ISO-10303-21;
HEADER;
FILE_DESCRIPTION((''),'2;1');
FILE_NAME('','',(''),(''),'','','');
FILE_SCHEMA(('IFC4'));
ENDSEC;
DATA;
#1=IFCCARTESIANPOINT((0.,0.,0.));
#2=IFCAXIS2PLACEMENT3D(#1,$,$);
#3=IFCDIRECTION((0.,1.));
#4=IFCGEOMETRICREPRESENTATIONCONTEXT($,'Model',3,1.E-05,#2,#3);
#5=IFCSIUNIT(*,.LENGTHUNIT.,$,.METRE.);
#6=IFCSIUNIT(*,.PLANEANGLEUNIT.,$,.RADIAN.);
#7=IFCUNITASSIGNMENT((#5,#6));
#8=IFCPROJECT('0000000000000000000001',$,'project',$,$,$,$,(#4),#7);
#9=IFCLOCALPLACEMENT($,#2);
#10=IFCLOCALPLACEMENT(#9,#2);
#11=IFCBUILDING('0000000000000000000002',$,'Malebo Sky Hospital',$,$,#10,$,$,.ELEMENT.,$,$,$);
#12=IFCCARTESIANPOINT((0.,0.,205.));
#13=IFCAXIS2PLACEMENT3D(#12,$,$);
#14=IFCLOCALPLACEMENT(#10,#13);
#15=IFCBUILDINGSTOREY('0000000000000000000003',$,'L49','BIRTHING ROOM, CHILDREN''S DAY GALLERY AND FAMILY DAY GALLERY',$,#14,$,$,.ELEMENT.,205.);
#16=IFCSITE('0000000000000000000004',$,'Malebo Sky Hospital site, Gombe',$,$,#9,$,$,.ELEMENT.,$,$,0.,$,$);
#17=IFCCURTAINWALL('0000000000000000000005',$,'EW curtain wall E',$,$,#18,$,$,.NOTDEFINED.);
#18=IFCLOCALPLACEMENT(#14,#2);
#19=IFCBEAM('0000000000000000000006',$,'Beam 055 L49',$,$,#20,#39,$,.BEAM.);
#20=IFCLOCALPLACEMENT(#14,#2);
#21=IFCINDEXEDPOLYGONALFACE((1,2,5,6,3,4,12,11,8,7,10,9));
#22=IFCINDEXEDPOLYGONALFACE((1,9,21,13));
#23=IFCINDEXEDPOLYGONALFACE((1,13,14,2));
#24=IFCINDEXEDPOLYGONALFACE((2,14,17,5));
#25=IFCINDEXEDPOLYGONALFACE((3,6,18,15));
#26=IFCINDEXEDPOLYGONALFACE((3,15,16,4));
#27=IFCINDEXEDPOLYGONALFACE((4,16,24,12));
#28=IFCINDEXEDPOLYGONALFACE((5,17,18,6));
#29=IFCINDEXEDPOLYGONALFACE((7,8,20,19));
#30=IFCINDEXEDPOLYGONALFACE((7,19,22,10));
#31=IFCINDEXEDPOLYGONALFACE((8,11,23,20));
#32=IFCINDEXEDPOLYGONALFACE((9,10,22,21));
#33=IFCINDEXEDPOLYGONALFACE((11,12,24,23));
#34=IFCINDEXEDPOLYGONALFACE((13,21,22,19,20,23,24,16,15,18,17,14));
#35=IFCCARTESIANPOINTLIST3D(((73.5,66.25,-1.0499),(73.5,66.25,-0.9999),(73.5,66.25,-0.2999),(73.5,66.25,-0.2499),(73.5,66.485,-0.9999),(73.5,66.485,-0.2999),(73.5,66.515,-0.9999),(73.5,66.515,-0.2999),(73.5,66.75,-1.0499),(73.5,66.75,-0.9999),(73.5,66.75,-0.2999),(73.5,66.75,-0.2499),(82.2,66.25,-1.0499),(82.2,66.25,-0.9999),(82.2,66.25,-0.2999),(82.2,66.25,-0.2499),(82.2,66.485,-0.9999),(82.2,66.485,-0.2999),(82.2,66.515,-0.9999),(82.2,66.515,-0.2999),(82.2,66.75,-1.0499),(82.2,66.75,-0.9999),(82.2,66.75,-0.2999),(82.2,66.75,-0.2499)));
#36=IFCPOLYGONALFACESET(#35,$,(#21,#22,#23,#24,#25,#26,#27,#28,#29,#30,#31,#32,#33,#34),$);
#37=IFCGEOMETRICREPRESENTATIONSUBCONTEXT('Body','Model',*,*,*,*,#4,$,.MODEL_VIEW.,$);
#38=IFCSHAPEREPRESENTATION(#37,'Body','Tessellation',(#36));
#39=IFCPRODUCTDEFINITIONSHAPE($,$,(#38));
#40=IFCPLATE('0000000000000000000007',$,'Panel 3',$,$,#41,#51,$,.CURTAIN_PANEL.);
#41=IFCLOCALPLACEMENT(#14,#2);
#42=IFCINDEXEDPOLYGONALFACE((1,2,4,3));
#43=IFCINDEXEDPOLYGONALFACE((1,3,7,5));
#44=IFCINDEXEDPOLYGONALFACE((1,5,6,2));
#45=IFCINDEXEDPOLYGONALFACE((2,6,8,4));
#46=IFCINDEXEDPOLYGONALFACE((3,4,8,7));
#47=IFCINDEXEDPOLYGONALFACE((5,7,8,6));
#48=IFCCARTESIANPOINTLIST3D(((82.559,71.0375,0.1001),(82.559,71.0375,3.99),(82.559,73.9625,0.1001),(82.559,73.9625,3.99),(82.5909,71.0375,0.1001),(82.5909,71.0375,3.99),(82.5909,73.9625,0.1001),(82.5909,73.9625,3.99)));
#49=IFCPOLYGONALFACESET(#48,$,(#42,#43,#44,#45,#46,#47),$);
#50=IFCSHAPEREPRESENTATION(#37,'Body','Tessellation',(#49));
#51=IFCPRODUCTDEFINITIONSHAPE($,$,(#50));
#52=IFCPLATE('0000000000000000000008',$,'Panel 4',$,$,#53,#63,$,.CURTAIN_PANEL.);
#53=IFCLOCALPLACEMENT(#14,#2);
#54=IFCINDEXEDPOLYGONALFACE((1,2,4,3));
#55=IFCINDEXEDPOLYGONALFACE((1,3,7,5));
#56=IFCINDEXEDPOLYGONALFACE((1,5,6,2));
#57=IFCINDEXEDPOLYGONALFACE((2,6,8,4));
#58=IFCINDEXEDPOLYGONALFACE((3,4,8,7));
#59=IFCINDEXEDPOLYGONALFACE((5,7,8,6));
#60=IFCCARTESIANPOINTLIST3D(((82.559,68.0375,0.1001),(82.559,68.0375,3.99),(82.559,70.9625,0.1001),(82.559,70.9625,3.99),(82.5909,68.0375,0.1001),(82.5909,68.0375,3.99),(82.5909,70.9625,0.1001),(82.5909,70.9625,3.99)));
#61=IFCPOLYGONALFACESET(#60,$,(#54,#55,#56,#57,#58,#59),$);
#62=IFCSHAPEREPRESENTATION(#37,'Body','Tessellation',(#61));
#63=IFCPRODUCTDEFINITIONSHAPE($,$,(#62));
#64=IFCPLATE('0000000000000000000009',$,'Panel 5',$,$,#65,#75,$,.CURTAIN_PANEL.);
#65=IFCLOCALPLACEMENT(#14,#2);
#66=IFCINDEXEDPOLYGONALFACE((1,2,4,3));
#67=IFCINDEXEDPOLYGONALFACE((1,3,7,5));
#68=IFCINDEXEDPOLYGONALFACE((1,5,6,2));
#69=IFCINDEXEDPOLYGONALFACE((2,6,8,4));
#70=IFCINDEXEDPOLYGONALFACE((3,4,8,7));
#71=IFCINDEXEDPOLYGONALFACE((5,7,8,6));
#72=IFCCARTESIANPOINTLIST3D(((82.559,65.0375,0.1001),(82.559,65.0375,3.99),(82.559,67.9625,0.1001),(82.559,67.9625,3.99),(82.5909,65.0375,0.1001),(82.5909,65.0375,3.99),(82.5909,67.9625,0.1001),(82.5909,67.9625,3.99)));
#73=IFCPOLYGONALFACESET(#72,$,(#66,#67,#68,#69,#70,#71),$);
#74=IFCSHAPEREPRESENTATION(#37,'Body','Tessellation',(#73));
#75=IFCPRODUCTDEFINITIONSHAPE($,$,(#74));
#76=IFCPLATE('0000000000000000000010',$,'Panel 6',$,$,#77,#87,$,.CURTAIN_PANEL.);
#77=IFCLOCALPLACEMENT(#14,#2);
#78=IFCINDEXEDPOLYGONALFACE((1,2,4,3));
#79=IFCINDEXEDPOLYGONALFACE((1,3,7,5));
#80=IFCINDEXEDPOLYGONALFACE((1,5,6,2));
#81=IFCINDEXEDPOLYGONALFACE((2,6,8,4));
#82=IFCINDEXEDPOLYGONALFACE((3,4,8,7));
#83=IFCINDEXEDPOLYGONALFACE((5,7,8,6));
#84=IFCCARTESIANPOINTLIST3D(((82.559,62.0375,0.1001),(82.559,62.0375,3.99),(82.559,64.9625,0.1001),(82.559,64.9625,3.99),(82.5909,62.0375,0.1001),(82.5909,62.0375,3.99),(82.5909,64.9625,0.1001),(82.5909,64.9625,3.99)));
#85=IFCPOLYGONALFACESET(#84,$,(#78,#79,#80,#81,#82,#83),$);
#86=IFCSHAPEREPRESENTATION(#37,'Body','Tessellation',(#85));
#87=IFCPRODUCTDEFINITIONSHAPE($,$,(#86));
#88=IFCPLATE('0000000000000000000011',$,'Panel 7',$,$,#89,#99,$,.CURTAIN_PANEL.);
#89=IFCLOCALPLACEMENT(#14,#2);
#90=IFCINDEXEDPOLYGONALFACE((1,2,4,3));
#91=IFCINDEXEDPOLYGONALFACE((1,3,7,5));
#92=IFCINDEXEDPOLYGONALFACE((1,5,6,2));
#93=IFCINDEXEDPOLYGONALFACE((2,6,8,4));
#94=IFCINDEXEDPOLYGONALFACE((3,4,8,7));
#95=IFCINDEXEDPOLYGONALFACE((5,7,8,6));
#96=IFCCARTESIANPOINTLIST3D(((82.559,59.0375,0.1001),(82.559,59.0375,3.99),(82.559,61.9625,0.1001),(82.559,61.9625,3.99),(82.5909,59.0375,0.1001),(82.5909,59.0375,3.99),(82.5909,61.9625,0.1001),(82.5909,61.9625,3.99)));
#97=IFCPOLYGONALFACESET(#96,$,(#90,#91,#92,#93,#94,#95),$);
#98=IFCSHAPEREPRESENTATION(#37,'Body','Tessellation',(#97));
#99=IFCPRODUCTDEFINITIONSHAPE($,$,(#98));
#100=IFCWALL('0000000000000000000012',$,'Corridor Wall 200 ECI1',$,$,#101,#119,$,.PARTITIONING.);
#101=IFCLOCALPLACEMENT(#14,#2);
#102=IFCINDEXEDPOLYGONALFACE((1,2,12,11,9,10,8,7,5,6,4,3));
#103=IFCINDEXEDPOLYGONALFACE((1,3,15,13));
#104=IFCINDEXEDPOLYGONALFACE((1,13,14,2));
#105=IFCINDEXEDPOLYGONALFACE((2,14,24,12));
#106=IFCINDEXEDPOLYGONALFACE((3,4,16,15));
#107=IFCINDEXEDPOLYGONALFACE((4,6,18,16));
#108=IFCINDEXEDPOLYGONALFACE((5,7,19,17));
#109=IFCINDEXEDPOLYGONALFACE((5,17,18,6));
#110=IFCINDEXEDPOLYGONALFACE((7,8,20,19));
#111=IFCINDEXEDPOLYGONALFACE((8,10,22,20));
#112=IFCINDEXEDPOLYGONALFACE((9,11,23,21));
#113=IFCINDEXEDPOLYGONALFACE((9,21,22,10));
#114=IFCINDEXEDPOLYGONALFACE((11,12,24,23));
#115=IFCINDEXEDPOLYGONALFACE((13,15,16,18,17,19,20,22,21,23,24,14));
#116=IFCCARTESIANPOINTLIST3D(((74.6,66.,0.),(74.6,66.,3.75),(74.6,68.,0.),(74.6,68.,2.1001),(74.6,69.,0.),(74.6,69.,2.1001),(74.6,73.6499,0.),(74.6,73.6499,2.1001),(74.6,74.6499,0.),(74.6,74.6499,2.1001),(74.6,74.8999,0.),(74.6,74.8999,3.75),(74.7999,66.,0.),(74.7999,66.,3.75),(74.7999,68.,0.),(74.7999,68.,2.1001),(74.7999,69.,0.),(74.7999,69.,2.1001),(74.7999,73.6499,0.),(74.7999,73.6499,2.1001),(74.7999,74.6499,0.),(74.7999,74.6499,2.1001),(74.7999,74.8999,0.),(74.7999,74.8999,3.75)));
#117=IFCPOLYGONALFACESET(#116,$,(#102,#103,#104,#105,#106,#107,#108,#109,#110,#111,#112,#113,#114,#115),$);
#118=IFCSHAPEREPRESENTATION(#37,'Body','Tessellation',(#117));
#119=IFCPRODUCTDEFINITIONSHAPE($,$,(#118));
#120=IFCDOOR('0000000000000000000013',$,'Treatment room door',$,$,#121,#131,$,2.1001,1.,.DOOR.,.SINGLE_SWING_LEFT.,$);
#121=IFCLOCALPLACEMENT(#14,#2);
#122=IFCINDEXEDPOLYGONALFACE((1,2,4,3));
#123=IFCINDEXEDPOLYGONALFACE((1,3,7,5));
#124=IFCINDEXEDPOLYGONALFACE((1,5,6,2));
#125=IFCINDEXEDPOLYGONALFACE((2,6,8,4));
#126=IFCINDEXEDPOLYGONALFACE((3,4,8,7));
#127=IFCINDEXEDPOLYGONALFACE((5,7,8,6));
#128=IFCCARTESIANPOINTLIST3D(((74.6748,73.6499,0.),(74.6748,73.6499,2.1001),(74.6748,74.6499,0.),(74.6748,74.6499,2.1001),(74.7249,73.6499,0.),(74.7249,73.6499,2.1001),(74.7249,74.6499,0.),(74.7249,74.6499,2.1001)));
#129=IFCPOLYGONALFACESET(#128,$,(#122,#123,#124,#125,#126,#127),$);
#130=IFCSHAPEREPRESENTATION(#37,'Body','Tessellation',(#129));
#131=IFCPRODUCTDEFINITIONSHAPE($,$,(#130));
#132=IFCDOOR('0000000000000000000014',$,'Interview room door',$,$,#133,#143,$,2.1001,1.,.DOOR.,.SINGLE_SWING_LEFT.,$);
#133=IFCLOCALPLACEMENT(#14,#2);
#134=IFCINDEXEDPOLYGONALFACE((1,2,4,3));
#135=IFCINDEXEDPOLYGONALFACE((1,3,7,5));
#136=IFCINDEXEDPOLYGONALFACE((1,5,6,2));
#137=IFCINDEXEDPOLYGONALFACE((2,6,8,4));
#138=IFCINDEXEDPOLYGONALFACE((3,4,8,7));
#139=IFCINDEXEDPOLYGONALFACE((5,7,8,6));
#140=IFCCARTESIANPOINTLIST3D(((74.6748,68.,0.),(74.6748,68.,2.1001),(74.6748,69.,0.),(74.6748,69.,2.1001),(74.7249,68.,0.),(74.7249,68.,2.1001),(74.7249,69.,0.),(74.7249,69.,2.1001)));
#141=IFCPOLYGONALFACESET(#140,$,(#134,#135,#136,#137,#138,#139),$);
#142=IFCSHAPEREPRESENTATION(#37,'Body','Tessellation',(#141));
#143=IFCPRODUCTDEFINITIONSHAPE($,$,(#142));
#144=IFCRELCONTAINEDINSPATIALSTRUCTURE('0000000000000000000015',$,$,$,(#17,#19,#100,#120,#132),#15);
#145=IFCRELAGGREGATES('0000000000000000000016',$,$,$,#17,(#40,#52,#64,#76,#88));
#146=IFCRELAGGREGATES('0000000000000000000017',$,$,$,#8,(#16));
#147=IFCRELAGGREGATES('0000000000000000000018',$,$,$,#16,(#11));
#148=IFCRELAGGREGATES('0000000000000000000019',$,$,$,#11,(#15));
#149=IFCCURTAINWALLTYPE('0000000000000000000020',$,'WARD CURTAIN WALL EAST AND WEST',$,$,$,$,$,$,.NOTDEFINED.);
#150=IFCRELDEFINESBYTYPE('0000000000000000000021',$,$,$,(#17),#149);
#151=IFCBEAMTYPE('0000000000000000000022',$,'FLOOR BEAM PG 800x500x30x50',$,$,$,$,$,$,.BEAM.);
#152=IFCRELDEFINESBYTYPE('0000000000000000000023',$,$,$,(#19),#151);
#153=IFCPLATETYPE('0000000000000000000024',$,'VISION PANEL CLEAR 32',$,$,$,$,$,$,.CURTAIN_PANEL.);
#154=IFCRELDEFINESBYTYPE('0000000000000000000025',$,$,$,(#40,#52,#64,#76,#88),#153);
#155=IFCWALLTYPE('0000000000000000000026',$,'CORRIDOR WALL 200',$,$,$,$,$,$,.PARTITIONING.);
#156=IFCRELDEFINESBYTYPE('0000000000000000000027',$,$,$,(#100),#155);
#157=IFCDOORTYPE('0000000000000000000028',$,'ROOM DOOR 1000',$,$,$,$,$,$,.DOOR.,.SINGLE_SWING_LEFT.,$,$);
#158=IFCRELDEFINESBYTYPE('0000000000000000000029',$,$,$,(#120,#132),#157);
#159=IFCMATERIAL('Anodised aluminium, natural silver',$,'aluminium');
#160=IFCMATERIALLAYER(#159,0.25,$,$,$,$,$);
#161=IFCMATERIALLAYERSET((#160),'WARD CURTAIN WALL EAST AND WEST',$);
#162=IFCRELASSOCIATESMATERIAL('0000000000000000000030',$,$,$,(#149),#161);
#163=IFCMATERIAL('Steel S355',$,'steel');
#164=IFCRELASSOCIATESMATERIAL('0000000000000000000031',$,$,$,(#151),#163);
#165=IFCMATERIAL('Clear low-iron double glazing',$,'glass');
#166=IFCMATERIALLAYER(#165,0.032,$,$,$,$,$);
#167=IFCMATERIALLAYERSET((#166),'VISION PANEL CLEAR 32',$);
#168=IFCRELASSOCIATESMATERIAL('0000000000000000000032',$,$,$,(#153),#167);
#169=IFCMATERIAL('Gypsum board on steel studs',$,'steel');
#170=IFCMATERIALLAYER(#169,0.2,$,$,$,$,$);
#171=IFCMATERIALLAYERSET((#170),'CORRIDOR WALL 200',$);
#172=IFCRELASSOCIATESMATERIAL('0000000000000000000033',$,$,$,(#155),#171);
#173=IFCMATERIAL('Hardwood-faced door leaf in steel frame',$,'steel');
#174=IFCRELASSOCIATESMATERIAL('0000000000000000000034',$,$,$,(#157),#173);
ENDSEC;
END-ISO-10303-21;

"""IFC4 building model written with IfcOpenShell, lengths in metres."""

from ifc_helpers import new_model, si_unit, direction, frame, frame_2d, origin, origin_2d, place, context, subcontext, project, spatial, rectangle, i_section, extrude, material, layer, layer_set, material_profile, profile_set, type_object, element, fill, aggregate, save


model = new_model("IFC4")

# Units and contexts
model_context = context("Model", 3, precision=1e-05, world=origin(), true_north=direction((0.0, 1.0)))
body_context = subcontext(model_context, "Body", "Model", "MODEL_VIEW")
ifc_project = project(units=[si_unit("LENGTHUNIT", "METRE"), si_unit("PLANEANGLEUNIT", "RADIAN")], contexts=[model_context])

# Site, building, storey
site_placement = place(None, origin())
site = spatial("IfcSite", under=ifc_project, at=site_placement, Name="Malebo Sky Hospital site, Gombe", CompositionType="ELEMENT", RefElevation=0.0)
building_placement = place(site_placement, origin())
building = spatial("IfcBuilding", under=site, at=building_placement, Name="Malebo Sky Hospital", CompositionType="ELEMENT")
storey_placement = place(building_placement, frame((0.0, 0.0, 205.0)))
storey = spatial("IfcBuildingStorey", under=building, at=storey_placement, Name="L49", Description="BIRTHING ROOM, CHILDREN'S DAY GALLERY AND FAMILY DAY GALLERY", CompositionType="ELEMENT", Elevation=205.0)

# Curtain wall
ifc_material_1 = material(Name="Anodised aluminium, natural silver", Category="aluminium")
ifc_layer_1 = layer(ifc_material_1, 0.25)
ifc_layer_set_1 = layer_set([ifc_layer_1], Name="WARD CURTAIN WALL EAST AND WEST")
curtain_wall_type = type_object("IfcCurtainWallType", Name="WARD CURTAIN WALL EAST AND WEST", PredefinedType="NOTDEFINED", material=ifc_layer_set_1)
curtain_wall_placement = place(storey_placement, origin())
curtain_wall = element("IfcCurtainWall", 1, at=curtain_wall_placement, inside=storey, type_object=curtain_wall_type, Name="EW curtain wall E", PredefinedType="NOTDEFINED")

# Beam
ifc_material_2 = material(Name="Steel S355", Category="steel")
ifc_material_profile_1 = material_profile(ifc_material_2, i_section(OverallWidth=0.5, OverallDepth=0.8, WebThickness=0.03, FlangeThickness=0.05, at=origin_2d()), Name="PG 800x500x30x50")
ifc_profile_set_1 = profile_set([ifc_material_profile_1], Name="Steel S355")
beam_type_1 = type_object("IfcBeamType", Name="FLOOR BEAM PG 800x500x30x50", PredefinedType="BEAM", material=ifc_profile_set_1)
beam_1_placement = place(storey_placement, frame((73.5, 66.5, -0.6499), z_axis=(1.0, 0.0, 0.0), x_axis=(0.0, 1.0, 0.0)))
element("IfcBeam", 2, at=beam_1_placement, inside=storey, type_object=beam_type_1, Name="Beam 055 L49", PredefinedType="BEAM", context=body_context, shape_type="SweptSolid", body=[
    extrude(i_section(OverallWidth=0.5, OverallDepth=0.8, WebThickness=0.03, FlangeThickness=0.05, at=origin_2d()), origin(), (0.0, 0.0, 1.0), 8.7),
])

# Plates
ifc_material_3 = material(Name="Clear low-iron double glazing", Category="glass")
ifc_layer_2 = layer(ifc_material_3, 0.032)
ifc_layer_set_2 = layer_set([ifc_layer_2], Name="VISION PANEL CLEAR 32")
plate_type = type_object("IfcPlateType", Name="VISION PANEL CLEAR 32", PredefinedType="CURTAIN_PANEL", material=ifc_layer_set_2)
plate_1_placement = place(storey_placement, frame((82.575, 72.5, 0.1001), z_axis=(0.0, 0.0, 1.0), x_axis=(0.0, -1.0, 0.0)))
plate_1 = element("IfcPlate", 3, at=plate_1_placement, type_object=plate_type, Name="Panel 3", PredefinedType="CURTAIN_PANEL", context=body_context, shape_type="SweptSolid", body=[
    extrude(rectangle(XDim=2.925, YDim=0.032, at=origin_2d()), origin(), (0.0, 0.0, 1.0), 3.8899),
])
plate_2_placement = place(storey_placement, frame((82.575, 69.5, 0.1001), z_axis=(0.0, 0.0, 1.0), x_axis=(0.0, -1.0, 0.0)))
plate_2 = element("IfcPlate", 4, at=plate_2_placement, type_object=plate_type, Name="Panel 4", PredefinedType="CURTAIN_PANEL", context=body_context, shape_type="SweptSolid", body=[
    extrude(rectangle(XDim=2.925, YDim=0.032, at=origin_2d()), origin(), (0.0, 0.0, 1.0), 3.8899),
])
plate_3_placement = place(storey_placement, frame((82.575, 66.5, 0.1001), z_axis=(0.0, 0.0, 1.0), x_axis=(0.0, -1.0, 0.0)))
plate_3 = element("IfcPlate", 5, at=plate_3_placement, type_object=plate_type, Name="Panel 5", PredefinedType="CURTAIN_PANEL", context=body_context, shape_type="SweptSolid", body=[
    extrude(rectangle(XDim=2.925, YDim=0.032, at=origin_2d()), origin(), (0.0, 0.0, 1.0), 3.8899),
])
plate_4_placement = place(storey_placement, frame((82.575, 63.5, 0.1001), z_axis=(0.0, 0.0, 1.0), x_axis=(0.0, -1.0, 0.0)))
plate_4 = element("IfcPlate", 6, at=plate_4_placement, type_object=plate_type, Name="Panel 6", PredefinedType="CURTAIN_PANEL", context=body_context, shape_type="SweptSolid", body=[
    extrude(rectangle(XDim=2.925, YDim=0.032, at=origin_2d()), origin(), (0.0, 0.0, 1.0), 3.8899),
])
plate_5_placement = place(storey_placement, frame((82.575, 60.5, 0.1001), z_axis=(0.0, 0.0, 1.0), x_axis=(0.0, -1.0, 0.0)))
plate_5 = element("IfcPlate", 7, at=plate_5_placement, type_object=plate_type, Name="Panel 7", PredefinedType="CURTAIN_PANEL", context=body_context, shape_type="SweptSolid", body=[
    extrude(rectangle(XDim=2.925, YDim=0.032, at=origin_2d()), origin(), (0.0, 0.0, 1.0), 3.8899),
])
aggregate(curtain_wall, [plate_1, plate_2, plate_3, plate_4, plate_5])

# Wall, openings, doors
ifc_material_4 = material(Name="Gypsum board on steel studs", Category="steel")
ifc_layer_3 = layer(ifc_material_4, 0.2)
ifc_layer_set_3 = layer_set([ifc_layer_3], Name="CORRIDOR WALL 200")
wall_type_1 = type_object("IfcWallType", Name="CORRIDOR WALL 200", PredefinedType="PARTITIONING", material=ifc_layer_set_3)
wall_1_placement = place(storey_placement, frame((74.7, 74.8999, 0.0), z_axis=(0.0, 0.0, 1.0), x_axis=(0.0, -1.0, 0.0)))
wall_1 = element("IfcWall", 8, at=wall_1_placement, inside=storey, type_object=wall_type_1, Name="Corridor Wall 200 ECI1", PredefinedType="PARTITIONING", context=body_context, shape_type="SweptSolid", body=[
    extrude(rectangle(XDim=8.8999, YDim=0.2, at=frame_2d((4.45, 0.0))), origin(), (0.0, 0.0, 1.0), 3.75),
])
opening_1_placement = place(wall_1_placement, frame((0.25, 0.0, 0.0)))
opening_1 = element("IfcOpeningElement", 9, at=opening_1_placement, cuts=wall_1, PredefinedType="OPENING", context=body_context, shape_type="SweptSolid", body=[
    extrude(rectangle(XDim=1.0, YDim=2.1001, at=frame_2d((0.5, 1.05))), frame((0.0, 0.1099, 0.0), z_axis=(0.0, -1.0, 0.0), x_axis=(1.0, 0.0, 0.0)), (0.0, 0.0, 1.0), 0.22),
])
opening_2_placement = place(wall_1_placement, frame((5.8999, 0.0, 0.0)))
opening_2 = element("IfcOpeningElement", 10, at=opening_2_placement, cuts=wall_1, PredefinedType="OPENING", context=body_context, shape_type="SweptSolid", body=[
    extrude(rectangle(XDim=1.0, YDim=2.1001, at=frame_2d((0.5, 1.05))), frame((0.0, 0.1099, 0.0), z_axis=(0.0, -1.0, 0.0), x_axis=(1.0, 0.0, 0.0)), (0.0, 0.0, 1.0), 0.22),
])
ifc_material_5 = material(Name="Hardwood-faced door leaf in steel frame", Category="steel")
door_type_1 = type_object("IfcDoorType", Name="ROOM DOOR 1000", OperationType="SINGLE_SWING_LEFT", PredefinedType="DOOR", material=ifc_material_5)
door_1_placement = place(opening_1_placement, origin())
door_1 = element("IfcDoor", 11, at=door_1_placement, inside=storey, type_object=door_type_1, Name="Treatment room door", OperationType="SINGLE_SWING_LEFT", OverallHeight=2.1001, OverallWidth=1.0, PredefinedType="DOOR", context=body_context, shape_type="SweptSolid", body=[
    extrude(rectangle(XDim=1.0, YDim=2.1001, at=frame_2d((0.5, 1.05))), frame((0.0, 0.0249, 0.0), z_axis=(0.0, -1.0, 0.0), x_axis=(1.0, 0.0, 0.0)), (0.0, 0.0, 1.0), 0.05),
])
fill(opening_1, door_1)
door_2_placement = place(opening_2_placement, origin())
door_2 = element("IfcDoor", 12, at=door_2_placement, inside=storey, type_object=door_type_1, Name="Interview room door", OperationType="SINGLE_SWING_LEFT", OverallHeight=2.1001, OverallWidth=1.0, PredefinedType="DOOR", context=body_context, shape_type="SweptSolid", body=[
    extrude(rectangle(XDim=1.0, YDim=2.1001, at=frame_2d((0.5, 1.05))), frame((0.0, 0.0249, 0.0), z_axis=(0.0, -1.0, 0.0), x_axis=(1.0, 0.0, 0.0)), (0.0, 0.0, 1.0), 0.05),
])
fill(opening_2, door_2)

save(model, "model.ifc")
